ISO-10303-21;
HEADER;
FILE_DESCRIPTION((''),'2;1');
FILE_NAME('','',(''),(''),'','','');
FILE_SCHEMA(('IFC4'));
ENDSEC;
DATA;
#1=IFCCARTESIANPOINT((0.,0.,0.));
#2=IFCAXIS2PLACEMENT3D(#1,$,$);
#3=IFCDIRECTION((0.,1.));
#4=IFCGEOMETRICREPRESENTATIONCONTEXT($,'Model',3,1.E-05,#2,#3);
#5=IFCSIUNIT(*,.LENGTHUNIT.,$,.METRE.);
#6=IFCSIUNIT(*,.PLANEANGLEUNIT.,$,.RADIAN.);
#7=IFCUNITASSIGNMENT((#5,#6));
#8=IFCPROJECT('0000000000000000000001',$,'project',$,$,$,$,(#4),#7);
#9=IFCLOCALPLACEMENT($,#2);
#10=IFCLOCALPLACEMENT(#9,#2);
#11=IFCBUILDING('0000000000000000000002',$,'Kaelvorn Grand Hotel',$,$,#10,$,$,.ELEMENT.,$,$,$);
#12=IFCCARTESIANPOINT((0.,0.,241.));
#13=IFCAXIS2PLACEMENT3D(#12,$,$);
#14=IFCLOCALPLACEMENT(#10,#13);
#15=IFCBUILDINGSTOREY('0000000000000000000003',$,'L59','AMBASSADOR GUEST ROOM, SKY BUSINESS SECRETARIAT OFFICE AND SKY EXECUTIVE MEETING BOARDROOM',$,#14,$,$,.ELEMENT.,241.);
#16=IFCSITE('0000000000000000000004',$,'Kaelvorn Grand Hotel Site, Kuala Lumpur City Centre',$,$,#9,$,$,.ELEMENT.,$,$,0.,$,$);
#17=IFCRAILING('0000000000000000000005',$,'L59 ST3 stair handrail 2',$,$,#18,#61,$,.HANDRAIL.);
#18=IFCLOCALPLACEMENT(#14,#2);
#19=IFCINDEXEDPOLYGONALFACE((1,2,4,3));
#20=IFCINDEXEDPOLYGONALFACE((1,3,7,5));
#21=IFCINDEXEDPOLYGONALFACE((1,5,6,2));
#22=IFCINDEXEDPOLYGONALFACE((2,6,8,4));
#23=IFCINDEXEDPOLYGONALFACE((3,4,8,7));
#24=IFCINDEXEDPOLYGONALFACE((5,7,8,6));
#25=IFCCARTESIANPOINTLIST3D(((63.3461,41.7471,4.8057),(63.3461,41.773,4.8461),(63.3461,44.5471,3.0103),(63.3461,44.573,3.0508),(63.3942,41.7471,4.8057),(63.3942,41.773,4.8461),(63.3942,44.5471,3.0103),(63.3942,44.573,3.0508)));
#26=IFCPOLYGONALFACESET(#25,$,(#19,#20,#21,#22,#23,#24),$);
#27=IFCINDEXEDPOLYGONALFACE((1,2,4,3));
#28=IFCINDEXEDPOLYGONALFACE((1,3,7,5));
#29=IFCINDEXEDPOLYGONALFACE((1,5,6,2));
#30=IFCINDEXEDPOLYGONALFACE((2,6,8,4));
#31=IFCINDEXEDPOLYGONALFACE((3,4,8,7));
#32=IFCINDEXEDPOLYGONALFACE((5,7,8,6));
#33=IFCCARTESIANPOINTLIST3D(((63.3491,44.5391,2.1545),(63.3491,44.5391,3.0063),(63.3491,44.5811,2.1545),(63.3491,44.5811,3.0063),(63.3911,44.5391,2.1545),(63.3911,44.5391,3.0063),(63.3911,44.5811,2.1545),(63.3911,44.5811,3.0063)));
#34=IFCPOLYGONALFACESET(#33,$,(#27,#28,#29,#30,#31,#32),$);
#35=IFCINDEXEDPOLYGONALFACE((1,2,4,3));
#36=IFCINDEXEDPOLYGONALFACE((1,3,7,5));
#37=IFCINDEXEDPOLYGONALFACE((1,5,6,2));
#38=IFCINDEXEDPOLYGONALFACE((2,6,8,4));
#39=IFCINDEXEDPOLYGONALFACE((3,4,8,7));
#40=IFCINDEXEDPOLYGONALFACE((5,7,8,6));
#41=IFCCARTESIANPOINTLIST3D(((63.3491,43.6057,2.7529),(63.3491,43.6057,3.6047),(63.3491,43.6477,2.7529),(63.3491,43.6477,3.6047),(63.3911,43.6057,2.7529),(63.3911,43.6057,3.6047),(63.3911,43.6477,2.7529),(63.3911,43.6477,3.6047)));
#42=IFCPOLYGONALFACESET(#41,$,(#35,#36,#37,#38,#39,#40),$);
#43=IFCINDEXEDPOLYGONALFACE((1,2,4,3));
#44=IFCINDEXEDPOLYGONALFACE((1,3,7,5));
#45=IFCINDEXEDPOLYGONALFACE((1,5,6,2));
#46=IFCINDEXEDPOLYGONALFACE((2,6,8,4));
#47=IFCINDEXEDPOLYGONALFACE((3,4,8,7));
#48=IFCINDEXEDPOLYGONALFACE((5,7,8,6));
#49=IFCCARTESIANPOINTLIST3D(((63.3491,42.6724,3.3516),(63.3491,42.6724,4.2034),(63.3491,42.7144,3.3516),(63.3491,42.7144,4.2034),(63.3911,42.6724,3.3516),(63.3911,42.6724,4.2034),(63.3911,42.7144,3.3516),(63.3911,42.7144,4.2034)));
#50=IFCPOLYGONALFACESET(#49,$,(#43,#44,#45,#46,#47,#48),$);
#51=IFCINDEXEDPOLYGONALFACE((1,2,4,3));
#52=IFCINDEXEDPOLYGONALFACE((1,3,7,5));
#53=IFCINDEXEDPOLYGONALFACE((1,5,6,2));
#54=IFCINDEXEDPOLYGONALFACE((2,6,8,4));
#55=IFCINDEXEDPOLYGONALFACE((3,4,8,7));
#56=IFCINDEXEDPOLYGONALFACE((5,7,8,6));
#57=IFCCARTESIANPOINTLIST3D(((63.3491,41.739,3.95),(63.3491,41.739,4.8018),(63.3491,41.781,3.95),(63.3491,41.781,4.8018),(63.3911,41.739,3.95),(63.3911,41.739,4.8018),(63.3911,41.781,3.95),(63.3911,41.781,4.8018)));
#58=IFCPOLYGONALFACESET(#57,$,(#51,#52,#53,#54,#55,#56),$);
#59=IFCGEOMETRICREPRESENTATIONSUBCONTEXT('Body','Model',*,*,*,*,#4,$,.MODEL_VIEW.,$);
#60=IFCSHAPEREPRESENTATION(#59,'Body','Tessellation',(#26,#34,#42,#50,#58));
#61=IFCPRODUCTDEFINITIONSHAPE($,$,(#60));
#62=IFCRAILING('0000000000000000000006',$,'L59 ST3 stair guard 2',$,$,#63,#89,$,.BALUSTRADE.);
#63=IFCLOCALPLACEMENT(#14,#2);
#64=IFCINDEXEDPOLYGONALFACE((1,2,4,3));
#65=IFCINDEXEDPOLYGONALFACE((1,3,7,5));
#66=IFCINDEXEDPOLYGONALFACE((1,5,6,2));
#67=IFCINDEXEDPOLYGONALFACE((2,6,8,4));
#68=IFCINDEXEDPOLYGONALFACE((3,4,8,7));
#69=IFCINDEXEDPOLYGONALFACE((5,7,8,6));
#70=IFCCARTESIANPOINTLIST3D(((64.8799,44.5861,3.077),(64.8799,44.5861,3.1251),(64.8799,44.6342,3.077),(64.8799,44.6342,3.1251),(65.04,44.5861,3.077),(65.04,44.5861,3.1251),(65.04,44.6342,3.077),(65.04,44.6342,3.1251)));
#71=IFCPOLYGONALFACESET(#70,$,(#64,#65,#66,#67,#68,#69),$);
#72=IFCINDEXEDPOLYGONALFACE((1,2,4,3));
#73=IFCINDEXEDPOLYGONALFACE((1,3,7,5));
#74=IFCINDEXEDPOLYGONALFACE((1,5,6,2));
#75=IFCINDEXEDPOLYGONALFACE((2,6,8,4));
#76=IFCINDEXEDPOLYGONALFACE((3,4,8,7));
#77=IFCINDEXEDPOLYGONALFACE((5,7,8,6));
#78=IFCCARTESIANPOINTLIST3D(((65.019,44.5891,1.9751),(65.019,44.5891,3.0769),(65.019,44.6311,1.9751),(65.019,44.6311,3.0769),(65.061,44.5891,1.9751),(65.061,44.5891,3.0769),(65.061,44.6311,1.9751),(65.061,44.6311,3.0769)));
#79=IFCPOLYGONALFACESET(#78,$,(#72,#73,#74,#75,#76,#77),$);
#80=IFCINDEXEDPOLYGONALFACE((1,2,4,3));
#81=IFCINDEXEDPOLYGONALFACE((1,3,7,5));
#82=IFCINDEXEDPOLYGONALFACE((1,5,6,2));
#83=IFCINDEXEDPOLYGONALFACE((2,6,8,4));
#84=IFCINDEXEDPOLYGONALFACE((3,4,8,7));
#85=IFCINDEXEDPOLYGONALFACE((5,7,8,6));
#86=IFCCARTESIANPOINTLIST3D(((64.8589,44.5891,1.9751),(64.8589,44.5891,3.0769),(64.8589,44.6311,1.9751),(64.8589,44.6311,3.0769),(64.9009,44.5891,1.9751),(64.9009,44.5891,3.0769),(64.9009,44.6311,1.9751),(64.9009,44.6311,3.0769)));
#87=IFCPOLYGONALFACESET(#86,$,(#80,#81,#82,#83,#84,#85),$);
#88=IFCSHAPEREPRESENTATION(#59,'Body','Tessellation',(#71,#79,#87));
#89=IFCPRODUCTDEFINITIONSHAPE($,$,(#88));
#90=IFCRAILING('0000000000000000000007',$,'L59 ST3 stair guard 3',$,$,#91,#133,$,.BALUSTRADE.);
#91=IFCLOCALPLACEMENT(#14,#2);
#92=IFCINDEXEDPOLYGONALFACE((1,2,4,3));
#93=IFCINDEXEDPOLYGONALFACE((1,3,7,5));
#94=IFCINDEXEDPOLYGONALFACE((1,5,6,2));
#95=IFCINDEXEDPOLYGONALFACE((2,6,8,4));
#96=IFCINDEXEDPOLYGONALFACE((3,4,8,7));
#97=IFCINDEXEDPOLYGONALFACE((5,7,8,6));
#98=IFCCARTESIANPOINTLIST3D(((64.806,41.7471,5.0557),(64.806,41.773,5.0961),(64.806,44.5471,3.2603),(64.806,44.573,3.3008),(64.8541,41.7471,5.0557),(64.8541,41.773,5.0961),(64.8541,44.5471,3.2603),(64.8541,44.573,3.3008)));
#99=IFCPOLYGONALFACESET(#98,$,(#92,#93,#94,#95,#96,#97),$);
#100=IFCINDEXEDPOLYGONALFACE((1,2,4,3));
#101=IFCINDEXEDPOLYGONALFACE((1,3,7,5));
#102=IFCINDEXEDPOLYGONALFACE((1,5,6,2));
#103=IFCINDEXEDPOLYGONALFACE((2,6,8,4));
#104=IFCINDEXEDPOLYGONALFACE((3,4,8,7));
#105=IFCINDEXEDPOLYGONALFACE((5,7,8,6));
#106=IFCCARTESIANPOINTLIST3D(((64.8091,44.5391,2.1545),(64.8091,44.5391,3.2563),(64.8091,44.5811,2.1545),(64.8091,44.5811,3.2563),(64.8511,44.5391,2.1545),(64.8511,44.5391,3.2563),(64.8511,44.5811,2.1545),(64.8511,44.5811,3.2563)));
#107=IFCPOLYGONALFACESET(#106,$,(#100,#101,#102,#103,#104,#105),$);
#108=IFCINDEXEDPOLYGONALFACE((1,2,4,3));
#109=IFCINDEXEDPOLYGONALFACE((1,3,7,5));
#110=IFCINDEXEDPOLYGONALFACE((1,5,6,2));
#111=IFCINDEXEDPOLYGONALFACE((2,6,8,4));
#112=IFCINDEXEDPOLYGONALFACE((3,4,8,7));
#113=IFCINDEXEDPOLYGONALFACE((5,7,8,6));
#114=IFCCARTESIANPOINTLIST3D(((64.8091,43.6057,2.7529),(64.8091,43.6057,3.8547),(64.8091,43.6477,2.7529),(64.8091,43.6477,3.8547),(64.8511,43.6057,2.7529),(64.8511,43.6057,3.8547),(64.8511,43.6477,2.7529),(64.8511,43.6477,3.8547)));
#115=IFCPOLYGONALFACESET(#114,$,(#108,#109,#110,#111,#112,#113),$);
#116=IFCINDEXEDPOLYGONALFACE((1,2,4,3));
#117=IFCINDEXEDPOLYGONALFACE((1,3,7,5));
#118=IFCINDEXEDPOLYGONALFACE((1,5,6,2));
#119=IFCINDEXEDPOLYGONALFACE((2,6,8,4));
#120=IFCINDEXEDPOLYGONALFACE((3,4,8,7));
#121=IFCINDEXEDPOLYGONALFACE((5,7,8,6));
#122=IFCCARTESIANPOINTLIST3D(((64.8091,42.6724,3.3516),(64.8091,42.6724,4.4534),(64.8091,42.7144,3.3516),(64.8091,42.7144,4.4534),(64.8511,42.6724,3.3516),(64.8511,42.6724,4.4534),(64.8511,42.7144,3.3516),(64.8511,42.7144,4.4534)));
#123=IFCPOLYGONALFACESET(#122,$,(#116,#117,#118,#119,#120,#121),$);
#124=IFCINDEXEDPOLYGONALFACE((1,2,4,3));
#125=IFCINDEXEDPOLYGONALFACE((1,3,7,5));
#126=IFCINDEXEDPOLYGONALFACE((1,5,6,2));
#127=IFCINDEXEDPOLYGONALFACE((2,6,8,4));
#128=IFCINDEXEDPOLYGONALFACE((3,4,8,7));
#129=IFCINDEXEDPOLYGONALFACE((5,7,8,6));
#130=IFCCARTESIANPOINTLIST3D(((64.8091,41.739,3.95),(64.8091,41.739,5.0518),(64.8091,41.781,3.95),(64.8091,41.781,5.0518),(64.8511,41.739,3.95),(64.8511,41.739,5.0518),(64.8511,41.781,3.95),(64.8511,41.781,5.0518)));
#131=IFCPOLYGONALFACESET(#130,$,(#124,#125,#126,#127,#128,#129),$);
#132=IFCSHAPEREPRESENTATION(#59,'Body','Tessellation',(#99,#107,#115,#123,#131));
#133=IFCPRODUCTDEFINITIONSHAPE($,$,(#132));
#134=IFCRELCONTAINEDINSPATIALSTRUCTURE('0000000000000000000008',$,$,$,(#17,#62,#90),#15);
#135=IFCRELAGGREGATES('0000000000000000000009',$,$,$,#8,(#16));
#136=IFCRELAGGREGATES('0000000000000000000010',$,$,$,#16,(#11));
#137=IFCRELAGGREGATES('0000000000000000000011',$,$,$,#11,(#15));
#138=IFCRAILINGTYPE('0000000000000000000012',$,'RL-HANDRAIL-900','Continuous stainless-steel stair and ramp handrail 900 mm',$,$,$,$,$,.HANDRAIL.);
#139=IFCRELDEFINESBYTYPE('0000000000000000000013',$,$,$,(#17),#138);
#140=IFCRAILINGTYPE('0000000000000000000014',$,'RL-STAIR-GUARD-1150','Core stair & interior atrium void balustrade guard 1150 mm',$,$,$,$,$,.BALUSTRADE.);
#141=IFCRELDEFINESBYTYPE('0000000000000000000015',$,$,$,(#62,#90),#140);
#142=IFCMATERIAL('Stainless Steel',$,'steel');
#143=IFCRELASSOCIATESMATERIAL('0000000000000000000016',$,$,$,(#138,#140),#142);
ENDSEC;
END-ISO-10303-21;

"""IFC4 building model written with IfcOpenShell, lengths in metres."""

from ifc_helpers import new_model, si_unit, direction, frame, origin, origin_2d, place, context, subcontext, project, spatial, rectangle, extrude, material, type_object, element, save


model = new_model("IFC4")

# Units and contexts
model_context = context("Model", 3, precision=1e-05, world=origin(), true_north=direction((0.0, 1.0)))
body_context = subcontext(model_context, "Body", "Model", "MODEL_VIEW")
ifc_project = project(units=[si_unit("LENGTHUNIT", "METRE"), si_unit("PLANEANGLEUNIT", "RADIAN")], contexts=[model_context])

# Site, building, storey
site_placement = place(None, origin())
site = spatial("IfcSite", under=ifc_project, at=site_placement, Name="Kaelvorn Grand Hotel Site, Kuala Lumpur City Centre", CompositionType="ELEMENT", RefElevation=0.0)
building_placement = place(site_placement, origin())
building = spatial("IfcBuilding", under=site, at=building_placement, Name="Kaelvorn Grand Hotel", CompositionType="ELEMENT")
storey_placement = place(building_placement, frame((0.0, 0.0, 241.0)))
storey = spatial("IfcBuildingStorey", under=building, at=storey_placement, Name="L59", Description="AMBASSADOR GUEST ROOM, SKY BUSINESS SECRETARIAT OFFICE AND SKY EXECUTIVE MEETING BOARDROOM", CompositionType="ELEMENT", Elevation=241.0)

# Shared definitions
ifc_material_1 = material(Name="Stainless Steel", Category="steel")

# Railings
railing_type_1 = type_object("IfcRailingType", Name="RL-HANDRAIL-900", Description="Continuous stainless-steel stair and ramp handrail 900 mm", PredefinedType="HANDRAIL", material=ifc_material_1)
railing_1_placement = place(storey_placement, frame((63.3701, 44.5601, 2.1545)))
element("IfcRailing", 1, at=railing_1_placement, inside=storey, type_object=railing_type_1, Name="L59 ST3 stair handrail 2", PredefinedType="HANDRAIL", context=body_context, shape_type="SweptSolid", body=[
    extrude(rectangle(XDim=0.0481, YDim=0.0481, at=origin_2d()), frame((0.0, 0.0, 0.876), z_axis=(0.0, -0.84181, 0.539774), x_axis=(1.0, 0.0, 0.0)), (0.0, 0.0, 1.0), 3.3262),
    extrude(rectangle(XDim=0.042, YDim=0.042, at=origin_2d()), origin(), (0.0, 0.0, 1.0), 0.8518),
    extrude(rectangle(XDim=0.042, YDim=0.042, at=origin_2d()), frame((0.0, -0.9333, 0.5984)), (0.0, 0.0, 1.0), 0.8518),
    extrude(rectangle(XDim=0.042, YDim=0.042, at=origin_2d()), frame((0.0, -1.8667, 1.197)), (0.0, 0.0, 1.0), 0.8518),
    extrude(rectangle(XDim=0.042, YDim=0.042, at=origin_2d()), frame((0.0, -2.8, 1.7954)), (0.0, 0.0, 1.0), 0.8518),
])
railing_type_2 = type_object("IfcRailingType", Name="RL-STAIR-GUARD-1150", Description="Core stair & interior atrium void balustrade guard 1150 mm", PredefinedType="BALUSTRADE", material=ifc_material_1)
railing_2_placement = place(storey_placement, frame((65.04, 44.6101, 1.9751)))
element("IfcRailing", 2, at=railing_2_placement, inside=storey, type_object=railing_type_2, Name="L59 ST3 stair guard 2", PredefinedType="BALUSTRADE", context=body_context, shape_type="SweptSolid", body=[
    extrude(rectangle(XDim=0.0481, YDim=0.0481, at=origin_2d()), frame((0.0, 0.0, 1.126), z_axis=(-1.0, 0.0, 0.0), x_axis=(0.0, -1.0, 0.0)), (0.0, 0.0, 1.0), 0.1602),
    extrude(rectangle(XDim=0.042, YDim=0.042, at=origin_2d()), origin(), (0.0, 0.0, 1.0), 1.1018),
    extrude(rectangle(XDim=0.042, YDim=0.042, at=origin_2d()), frame((-0.1602, 0.0, 0.0)), (0.0, 0.0, 1.0), 1.1018),
])
railing_3_placement = place(storey_placement, frame((64.8301, 44.5601, 2.1545)))
element("IfcRailing", 3, at=railing_3_placement, inside=storey, type_object=railing_type_2, Name="L59 ST3 stair guard 3", PredefinedType="BALUSTRADE", context=body_context, shape_type="SweptSolid", body=[
    extrude(rectangle(XDim=0.0481, YDim=0.0481, at=origin_2d()), frame((0.0, 0.0, 1.126), z_axis=(0.0, -0.84181, 0.539774), x_axis=(1.0, 0.0, 0.0)), (0.0, 0.0, 1.0), 3.3262),
    extrude(rectangle(XDim=0.042, YDim=0.042, at=origin_2d()), origin(), (0.0, 0.0, 1.0), 1.1018),
    extrude(rectangle(XDim=0.042, YDim=0.042, at=origin_2d()), frame((0.0, -0.9333, 0.5984)), (0.0, 0.0, 1.0), 1.1018),
    extrude(rectangle(XDim=0.042, YDim=0.042, at=origin_2d()), frame((0.0, -1.8667, 1.197)), (0.0, 0.0, 1.0), 1.1018),
    extrude(rectangle(XDim=0.042, YDim=0.042, at=origin_2d()), frame((0.0, -2.8, 1.7954)), (0.0, 0.0, 1.0), 1.1018),
])

save(model, "model.ifc")
